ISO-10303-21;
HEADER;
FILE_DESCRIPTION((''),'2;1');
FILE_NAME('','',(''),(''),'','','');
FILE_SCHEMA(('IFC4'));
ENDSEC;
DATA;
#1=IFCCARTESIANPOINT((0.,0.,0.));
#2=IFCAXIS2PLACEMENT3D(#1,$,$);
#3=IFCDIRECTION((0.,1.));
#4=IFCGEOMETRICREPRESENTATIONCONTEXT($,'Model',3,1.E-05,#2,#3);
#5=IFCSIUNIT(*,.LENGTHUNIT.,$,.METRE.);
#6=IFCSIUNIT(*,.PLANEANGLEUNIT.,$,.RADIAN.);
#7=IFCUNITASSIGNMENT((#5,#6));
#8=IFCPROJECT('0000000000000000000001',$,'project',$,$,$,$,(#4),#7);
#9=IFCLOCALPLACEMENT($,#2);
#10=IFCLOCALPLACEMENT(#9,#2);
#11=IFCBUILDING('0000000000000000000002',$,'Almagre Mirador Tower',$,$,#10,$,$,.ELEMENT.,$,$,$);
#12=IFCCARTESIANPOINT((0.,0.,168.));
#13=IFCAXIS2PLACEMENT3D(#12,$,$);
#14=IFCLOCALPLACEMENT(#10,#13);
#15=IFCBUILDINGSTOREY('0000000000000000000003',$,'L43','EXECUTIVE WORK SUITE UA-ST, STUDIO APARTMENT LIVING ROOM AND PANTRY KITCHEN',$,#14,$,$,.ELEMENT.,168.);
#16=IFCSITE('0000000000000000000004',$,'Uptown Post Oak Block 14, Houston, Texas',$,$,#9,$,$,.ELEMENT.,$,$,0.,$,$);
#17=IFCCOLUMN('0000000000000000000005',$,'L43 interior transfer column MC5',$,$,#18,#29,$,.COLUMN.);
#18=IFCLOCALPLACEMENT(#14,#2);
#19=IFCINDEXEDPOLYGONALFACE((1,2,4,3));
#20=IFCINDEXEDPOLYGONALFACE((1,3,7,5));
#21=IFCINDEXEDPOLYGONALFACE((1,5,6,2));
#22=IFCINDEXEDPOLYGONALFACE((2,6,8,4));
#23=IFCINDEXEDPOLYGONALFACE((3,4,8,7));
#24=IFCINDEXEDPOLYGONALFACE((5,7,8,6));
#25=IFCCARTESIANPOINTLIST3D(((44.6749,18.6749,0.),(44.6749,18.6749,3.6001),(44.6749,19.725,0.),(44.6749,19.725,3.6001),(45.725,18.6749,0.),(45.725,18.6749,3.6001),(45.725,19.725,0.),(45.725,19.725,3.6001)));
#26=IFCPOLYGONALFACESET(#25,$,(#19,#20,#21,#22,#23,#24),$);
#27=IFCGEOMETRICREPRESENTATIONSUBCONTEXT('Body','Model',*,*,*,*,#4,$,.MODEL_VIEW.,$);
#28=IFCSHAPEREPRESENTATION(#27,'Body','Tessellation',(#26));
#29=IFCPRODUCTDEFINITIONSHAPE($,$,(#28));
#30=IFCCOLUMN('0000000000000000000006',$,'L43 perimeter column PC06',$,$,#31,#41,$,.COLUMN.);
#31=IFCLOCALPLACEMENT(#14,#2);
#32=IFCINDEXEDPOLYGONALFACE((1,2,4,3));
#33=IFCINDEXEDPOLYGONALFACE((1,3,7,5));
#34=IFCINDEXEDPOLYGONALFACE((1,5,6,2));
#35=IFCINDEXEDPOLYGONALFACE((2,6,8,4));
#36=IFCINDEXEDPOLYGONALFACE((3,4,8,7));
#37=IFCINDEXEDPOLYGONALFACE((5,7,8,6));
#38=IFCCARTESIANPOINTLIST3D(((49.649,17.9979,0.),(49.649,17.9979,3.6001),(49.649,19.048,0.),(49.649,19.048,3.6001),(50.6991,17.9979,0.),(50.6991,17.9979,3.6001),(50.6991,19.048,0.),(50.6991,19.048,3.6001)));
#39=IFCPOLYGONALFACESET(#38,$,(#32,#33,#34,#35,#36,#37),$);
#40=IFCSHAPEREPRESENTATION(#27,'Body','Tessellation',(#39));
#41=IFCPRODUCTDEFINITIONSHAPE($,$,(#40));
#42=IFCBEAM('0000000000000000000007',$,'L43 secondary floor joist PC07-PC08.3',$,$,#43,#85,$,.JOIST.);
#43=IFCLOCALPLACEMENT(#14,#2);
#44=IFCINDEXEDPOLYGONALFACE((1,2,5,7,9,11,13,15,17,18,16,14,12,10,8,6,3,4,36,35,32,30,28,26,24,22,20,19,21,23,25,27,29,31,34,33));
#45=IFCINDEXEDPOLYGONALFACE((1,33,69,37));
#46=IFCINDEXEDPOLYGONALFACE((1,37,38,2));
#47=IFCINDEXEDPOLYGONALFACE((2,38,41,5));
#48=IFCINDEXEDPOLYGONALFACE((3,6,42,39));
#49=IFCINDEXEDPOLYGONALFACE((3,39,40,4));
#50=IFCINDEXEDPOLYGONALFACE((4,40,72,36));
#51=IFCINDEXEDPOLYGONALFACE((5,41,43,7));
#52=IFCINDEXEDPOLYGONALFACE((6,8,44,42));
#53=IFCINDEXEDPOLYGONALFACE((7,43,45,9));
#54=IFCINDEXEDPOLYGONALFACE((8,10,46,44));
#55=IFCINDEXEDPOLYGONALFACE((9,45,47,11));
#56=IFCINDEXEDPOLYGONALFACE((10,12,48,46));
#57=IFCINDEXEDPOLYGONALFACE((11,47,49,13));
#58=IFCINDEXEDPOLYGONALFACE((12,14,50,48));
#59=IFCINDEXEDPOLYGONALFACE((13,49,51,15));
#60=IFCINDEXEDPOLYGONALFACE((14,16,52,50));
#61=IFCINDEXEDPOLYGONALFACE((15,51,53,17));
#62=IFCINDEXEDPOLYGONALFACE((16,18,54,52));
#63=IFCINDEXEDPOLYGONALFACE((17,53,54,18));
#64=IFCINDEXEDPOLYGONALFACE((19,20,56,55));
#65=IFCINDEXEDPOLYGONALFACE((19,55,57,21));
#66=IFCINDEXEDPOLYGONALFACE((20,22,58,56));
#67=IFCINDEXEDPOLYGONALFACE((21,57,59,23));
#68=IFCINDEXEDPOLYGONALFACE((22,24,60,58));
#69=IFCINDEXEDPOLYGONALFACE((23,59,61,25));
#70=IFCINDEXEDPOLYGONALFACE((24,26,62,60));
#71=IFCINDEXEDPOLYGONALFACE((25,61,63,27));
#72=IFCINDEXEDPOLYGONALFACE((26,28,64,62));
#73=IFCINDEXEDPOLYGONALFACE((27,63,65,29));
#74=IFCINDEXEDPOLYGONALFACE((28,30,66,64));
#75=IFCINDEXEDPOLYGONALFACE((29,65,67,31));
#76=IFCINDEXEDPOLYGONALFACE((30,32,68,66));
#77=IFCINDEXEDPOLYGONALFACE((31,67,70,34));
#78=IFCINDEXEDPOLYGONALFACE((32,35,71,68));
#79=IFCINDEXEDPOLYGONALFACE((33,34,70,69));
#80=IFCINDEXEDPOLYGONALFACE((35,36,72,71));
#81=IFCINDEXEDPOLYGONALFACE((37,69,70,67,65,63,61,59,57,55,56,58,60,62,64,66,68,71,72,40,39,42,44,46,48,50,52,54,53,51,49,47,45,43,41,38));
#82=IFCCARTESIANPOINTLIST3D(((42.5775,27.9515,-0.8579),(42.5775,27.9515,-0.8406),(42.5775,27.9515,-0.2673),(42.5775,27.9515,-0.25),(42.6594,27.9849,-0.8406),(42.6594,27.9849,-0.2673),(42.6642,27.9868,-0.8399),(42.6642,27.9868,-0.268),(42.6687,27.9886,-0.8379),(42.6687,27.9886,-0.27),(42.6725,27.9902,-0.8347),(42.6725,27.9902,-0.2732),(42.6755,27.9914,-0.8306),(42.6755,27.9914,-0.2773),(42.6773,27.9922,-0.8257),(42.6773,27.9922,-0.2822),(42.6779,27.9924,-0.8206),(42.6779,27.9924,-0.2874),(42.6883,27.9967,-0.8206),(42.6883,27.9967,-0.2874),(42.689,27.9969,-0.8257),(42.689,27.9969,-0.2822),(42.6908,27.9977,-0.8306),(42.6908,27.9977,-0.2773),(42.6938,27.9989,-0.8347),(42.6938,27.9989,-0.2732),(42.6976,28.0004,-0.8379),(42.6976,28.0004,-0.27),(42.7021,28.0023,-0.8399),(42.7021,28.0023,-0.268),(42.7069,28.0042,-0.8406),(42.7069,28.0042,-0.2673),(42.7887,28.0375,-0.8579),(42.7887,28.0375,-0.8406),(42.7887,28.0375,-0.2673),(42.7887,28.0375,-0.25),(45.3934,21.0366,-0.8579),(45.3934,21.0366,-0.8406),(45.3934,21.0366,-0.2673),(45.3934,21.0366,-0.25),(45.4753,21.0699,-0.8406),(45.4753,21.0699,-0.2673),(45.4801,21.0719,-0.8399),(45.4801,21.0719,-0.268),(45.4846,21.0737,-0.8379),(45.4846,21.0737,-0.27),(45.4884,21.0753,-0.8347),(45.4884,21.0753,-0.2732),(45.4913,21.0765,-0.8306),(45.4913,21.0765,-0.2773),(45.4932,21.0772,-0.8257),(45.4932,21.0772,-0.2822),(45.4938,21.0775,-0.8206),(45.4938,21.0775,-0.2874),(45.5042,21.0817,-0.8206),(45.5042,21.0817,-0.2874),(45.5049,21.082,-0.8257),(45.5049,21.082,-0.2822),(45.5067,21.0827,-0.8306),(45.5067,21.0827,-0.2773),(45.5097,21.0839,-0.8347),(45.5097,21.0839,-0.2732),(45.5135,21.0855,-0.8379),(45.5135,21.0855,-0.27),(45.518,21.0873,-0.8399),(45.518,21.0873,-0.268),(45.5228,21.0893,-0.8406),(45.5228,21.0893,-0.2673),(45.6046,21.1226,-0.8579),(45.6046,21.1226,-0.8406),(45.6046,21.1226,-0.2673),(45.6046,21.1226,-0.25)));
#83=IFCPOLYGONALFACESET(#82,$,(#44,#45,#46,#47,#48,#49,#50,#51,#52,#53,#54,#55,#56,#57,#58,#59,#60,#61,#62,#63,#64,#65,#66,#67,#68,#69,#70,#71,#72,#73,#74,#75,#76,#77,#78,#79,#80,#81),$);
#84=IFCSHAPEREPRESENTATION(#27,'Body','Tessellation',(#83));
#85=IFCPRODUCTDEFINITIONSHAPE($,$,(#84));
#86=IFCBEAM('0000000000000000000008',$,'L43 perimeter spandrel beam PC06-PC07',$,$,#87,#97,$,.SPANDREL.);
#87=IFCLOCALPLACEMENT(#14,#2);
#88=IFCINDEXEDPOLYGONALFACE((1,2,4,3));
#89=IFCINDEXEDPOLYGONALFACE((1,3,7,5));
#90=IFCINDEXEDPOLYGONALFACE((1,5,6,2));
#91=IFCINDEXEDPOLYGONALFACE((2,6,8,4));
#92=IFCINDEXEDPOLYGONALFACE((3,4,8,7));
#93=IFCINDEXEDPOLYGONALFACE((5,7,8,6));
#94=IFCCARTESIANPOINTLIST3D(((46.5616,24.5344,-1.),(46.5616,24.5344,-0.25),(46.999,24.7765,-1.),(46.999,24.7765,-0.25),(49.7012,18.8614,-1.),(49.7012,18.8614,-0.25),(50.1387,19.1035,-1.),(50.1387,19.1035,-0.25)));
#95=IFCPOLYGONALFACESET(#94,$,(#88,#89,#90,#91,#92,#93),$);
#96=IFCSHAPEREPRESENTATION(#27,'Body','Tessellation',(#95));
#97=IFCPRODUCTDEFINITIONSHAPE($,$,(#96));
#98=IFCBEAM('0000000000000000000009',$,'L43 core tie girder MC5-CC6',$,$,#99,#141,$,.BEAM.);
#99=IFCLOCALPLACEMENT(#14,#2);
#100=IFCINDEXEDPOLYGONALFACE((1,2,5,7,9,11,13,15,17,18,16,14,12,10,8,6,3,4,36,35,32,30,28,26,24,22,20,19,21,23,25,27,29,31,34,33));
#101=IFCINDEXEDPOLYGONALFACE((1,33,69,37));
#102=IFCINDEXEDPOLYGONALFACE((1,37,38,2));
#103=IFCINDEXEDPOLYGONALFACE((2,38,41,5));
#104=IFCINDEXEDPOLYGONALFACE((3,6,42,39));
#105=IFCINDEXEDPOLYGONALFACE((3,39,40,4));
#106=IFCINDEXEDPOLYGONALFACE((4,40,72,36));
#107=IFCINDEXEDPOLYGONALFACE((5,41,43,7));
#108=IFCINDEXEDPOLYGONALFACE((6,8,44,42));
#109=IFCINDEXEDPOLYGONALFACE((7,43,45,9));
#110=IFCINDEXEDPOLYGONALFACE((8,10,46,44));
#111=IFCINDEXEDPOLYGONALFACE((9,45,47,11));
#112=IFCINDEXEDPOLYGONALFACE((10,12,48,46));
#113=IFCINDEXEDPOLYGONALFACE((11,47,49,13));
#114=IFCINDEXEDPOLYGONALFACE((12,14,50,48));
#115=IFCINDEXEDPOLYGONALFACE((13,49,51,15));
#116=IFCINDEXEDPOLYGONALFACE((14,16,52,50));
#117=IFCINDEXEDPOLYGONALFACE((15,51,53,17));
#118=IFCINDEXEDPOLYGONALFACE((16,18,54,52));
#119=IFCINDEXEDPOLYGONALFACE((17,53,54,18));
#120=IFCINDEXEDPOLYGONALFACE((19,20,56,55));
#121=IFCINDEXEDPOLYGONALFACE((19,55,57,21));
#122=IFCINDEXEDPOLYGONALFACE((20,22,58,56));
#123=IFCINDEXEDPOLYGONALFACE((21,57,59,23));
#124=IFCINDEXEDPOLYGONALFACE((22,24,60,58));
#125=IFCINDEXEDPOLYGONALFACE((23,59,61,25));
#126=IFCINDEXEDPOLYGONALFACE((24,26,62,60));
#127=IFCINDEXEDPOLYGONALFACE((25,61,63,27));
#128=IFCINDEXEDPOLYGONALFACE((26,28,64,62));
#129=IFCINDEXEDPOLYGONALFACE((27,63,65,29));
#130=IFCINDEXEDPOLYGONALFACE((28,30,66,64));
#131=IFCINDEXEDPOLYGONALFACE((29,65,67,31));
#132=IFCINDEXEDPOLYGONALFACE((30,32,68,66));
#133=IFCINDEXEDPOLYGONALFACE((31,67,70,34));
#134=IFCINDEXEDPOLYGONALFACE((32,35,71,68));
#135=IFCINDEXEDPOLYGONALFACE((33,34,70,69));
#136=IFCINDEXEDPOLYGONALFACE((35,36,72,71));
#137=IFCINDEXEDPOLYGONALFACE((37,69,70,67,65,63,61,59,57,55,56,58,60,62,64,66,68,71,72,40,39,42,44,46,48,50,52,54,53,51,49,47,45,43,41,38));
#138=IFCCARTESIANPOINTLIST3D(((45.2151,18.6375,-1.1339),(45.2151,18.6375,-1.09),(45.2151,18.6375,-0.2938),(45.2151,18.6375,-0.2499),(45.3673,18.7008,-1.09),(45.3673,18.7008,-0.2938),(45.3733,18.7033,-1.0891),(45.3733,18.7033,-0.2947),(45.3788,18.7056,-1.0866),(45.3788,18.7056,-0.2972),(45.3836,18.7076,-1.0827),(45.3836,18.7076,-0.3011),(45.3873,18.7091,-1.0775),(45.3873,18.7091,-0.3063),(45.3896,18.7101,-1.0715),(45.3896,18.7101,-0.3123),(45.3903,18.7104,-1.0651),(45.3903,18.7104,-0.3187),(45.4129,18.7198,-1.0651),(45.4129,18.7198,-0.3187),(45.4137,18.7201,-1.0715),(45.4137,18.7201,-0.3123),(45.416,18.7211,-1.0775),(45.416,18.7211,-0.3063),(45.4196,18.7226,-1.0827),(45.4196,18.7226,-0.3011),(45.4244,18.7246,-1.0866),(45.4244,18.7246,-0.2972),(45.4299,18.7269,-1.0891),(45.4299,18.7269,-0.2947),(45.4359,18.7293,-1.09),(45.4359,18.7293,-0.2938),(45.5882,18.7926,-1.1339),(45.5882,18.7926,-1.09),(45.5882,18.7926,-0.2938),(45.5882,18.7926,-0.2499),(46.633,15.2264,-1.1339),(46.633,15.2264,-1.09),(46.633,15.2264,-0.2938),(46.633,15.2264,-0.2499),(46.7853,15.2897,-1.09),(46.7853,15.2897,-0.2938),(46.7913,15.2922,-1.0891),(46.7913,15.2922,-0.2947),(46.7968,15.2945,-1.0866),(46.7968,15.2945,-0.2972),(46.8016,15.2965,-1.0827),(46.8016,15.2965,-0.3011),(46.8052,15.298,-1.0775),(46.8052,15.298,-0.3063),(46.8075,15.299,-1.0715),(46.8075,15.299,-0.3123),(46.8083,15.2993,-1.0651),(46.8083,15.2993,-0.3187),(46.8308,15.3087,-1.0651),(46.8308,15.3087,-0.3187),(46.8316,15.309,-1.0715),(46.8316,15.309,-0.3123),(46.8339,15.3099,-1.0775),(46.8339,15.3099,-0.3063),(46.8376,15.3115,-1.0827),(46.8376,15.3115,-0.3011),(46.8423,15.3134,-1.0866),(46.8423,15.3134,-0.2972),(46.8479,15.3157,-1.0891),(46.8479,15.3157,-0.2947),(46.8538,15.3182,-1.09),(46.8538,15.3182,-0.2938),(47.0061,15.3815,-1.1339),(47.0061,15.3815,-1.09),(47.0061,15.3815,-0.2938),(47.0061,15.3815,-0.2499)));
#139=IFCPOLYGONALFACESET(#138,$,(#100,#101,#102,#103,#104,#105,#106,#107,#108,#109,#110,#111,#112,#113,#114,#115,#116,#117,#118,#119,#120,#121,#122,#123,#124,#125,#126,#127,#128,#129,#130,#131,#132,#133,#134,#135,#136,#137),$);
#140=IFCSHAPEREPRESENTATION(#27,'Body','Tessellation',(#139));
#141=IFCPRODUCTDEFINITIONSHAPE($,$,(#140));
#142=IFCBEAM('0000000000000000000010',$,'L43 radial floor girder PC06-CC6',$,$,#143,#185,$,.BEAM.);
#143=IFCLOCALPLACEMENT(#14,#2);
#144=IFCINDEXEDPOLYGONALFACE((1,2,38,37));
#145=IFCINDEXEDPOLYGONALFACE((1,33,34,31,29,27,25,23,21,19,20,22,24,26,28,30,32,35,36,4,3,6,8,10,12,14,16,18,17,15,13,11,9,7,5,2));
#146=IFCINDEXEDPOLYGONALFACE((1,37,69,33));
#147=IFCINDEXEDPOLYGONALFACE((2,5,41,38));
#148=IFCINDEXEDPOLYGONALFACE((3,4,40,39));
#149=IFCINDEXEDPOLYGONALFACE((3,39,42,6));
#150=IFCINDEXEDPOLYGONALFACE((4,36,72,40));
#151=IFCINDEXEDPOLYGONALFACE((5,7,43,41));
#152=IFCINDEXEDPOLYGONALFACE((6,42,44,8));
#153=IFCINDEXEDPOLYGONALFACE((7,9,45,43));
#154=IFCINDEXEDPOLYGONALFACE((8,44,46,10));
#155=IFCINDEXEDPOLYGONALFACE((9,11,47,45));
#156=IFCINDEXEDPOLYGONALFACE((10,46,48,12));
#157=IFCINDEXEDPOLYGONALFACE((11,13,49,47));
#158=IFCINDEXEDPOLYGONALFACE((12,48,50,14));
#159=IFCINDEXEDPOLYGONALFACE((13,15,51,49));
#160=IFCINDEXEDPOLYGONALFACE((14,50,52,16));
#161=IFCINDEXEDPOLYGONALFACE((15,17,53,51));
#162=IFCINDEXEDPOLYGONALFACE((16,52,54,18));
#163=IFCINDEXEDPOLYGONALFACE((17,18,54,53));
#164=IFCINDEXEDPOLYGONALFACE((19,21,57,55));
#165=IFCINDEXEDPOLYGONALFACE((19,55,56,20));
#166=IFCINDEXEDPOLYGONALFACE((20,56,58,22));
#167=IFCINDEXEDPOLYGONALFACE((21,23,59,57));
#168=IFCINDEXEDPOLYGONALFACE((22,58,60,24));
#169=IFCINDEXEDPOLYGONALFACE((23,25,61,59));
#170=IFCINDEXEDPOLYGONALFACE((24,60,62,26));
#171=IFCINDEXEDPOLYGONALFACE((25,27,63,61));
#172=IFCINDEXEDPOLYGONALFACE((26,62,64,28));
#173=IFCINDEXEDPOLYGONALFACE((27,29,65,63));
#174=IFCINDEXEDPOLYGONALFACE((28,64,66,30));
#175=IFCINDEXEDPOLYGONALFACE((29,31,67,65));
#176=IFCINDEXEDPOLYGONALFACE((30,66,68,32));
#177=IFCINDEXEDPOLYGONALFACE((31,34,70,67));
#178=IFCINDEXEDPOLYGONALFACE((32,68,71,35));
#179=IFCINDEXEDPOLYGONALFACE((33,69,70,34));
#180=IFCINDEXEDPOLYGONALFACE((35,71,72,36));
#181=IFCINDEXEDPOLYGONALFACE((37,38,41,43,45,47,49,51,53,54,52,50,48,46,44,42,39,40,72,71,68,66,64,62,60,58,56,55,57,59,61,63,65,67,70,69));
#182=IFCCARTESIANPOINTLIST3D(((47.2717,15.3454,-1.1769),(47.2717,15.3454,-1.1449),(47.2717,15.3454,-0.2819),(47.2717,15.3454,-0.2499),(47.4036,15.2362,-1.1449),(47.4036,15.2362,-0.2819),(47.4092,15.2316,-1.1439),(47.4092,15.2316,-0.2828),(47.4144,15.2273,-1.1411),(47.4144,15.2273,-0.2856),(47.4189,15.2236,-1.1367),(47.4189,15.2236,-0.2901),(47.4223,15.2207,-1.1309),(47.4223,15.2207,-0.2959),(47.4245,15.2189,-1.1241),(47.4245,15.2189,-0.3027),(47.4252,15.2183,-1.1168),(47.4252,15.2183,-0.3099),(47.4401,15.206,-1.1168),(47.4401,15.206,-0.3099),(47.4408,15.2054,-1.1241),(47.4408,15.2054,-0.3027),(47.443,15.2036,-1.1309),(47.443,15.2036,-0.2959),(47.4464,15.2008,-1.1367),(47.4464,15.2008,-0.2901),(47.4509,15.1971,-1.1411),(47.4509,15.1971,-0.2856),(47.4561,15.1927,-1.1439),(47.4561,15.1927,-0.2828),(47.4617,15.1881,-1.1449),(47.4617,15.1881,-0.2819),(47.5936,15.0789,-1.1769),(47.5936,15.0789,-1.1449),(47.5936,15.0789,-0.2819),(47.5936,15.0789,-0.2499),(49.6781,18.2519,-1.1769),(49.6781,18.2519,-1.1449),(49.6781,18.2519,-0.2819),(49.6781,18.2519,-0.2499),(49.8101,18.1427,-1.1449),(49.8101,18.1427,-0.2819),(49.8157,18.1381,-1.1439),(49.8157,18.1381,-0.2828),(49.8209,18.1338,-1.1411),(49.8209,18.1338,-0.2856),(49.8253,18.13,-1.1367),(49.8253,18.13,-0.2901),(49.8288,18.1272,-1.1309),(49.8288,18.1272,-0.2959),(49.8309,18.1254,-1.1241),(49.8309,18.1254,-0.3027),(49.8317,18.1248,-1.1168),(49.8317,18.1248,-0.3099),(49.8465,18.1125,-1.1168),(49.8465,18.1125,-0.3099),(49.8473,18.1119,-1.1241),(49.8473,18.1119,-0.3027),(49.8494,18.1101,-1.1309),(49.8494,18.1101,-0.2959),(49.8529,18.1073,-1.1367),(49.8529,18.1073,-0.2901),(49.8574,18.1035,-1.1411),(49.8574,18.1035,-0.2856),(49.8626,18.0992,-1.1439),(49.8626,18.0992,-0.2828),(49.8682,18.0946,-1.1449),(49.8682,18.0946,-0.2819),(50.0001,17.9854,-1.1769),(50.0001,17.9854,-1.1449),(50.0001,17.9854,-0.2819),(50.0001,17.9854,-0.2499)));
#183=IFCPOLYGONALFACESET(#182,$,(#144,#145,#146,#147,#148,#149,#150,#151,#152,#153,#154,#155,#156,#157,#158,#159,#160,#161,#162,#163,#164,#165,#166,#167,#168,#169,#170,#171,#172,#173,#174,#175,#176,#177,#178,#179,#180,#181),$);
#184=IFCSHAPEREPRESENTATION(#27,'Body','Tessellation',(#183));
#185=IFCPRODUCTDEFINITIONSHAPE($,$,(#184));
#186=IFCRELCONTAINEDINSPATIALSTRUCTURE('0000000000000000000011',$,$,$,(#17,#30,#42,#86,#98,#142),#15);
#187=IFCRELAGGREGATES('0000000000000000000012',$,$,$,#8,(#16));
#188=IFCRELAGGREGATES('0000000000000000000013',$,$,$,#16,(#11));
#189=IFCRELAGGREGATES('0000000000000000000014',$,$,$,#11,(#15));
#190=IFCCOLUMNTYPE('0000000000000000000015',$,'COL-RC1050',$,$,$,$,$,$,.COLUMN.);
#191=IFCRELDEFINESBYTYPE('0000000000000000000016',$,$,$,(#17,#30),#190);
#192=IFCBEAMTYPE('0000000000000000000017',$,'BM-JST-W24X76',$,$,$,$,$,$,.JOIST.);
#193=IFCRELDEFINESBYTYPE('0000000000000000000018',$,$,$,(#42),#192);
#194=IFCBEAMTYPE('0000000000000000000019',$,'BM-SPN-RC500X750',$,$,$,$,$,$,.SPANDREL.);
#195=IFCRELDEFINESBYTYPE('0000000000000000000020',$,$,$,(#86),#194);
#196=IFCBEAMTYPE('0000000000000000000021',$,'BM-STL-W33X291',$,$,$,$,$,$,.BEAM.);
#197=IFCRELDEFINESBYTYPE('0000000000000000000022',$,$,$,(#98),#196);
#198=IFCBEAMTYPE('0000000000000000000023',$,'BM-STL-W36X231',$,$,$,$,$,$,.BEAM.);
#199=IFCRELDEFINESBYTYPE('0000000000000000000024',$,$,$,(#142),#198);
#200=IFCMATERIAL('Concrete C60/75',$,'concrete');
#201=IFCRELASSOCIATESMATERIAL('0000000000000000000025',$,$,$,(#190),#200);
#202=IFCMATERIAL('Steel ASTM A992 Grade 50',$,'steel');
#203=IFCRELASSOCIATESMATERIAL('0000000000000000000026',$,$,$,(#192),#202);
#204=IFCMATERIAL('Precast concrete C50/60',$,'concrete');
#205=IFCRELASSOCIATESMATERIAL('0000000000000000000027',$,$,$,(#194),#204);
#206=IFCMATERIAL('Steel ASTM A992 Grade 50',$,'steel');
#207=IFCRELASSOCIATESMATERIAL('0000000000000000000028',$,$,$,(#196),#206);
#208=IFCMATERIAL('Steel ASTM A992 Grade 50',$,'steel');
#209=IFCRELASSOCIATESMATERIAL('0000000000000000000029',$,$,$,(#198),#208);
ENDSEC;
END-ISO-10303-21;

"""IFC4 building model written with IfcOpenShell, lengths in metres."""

from ifc_helpers import new_model, si_unit, direction, frame, origin, origin_2d, place, context, subcontext, project, spatial, rectangle, i_section, extrude, material, material_profile, profile_set, type_object, element, save


model = new_model("IFC4")

# Units and contexts
model_context = context("Model", 3, precision=1e-05, world=origin(), true_north=direction((0.0, 1.0)))
body_context = subcontext(model_context, "Body", "Model", "MODEL_VIEW")
ifc_project = project(units=[si_unit("LENGTHUNIT", "METRE"), si_unit("PLANEANGLEUNIT", "RADIAN")], contexts=[model_context])

# Site, building, storey
site_placement = place(None, origin())
site = spatial("IfcSite", under=ifc_project, at=site_placement, Name="Uptown Post Oak Block 14, Houston, Texas", CompositionType="ELEMENT", RefElevation=0.0)
building_placement = place(site_placement, origin())
building = spatial("IfcBuilding", under=site, at=building_placement, Name="Almagre Mirador Tower", CompositionType="ELEMENT")
storey_placement = place(building_placement, frame((0.0, 0.0, 168.0)))
storey = spatial("IfcBuildingStorey", under=building, at=storey_placement, Name="L43", Description="EXECUTIVE WORK SUITE UA-ST, STUDIO APARTMENT LIVING ROOM AND PANTRY KITCHEN", CompositionType="ELEMENT", Elevation=168.0)

# Columns
ifc_material_1 = material(Name="Concrete C60/75", Category="concrete")
ifc_material_profile_1 = material_profile(ifc_material_1, rectangle(XDim=1.05, YDim=1.05, at=origin_2d()), Name="RC1050X1050")
ifc_profile_set_1 = profile_set([ifc_material_profile_1], Name="Concrete C60/75")
column_type = type_object("IfcColumnType", Name="COL-RC1050", PredefinedType="COLUMN", material=ifc_profile_set_1)
for number, where, z_axis, x_axis, name in (
    (1, (45.2, 19.2, 0.0), (0.0, 0.0, 1.0), (1.0, 0.0, 0.0), "L43 interior transfer column MC5"),
    (2, (50.1741, 18.5229, 0.0), (0.0, 0.0, 1.0), (1.0, 0.0, 0.0), "L43 perimeter column PC06"),
):
    element("IfcColumn", number, at=place(storey_placement, frame(where, z_axis=z_axis, x_axis=x_axis)), inside=storey, type_object=column_type, Name=name, PredefinedType="COLUMN", context=body_context, shape_type="SweptSolid", body=[
        extrude(rectangle(XDim=1.05, YDim=1.05, at=origin_2d()), origin(), (0.0, 0.0, 1.0), 3.6001),
    ])

# Beams
ifc_material_2 = material(Name="Steel ASTM A992 Grade 50", Category="steel")
ifc_material_profile_2 = material_profile(ifc_material_2, i_section(OverallWidth=0.228, OverallDepth=0.6079, WebThickness=0.0112, FlangeThickness=0.0173, FilletRadius=0.02, at=origin_2d()), Name="W24X76")
ifc_profile_set_2 = profile_set([ifc_material_profile_2], Name="Steel ASTM A992 Grade 50")
beam_type_1 = type_object("IfcBeamType", Name="BM-JST-W24X76", PredefinedType="JOIST", material=ifc_profile_set_2)
beam_1_placement = place(storey_placement, frame((45.499, 21.0796, -0.554), z_axis=(-0.377145, 0.926154, 0.0), x_axis=(-0.926154, -0.377145, 0.0)))
element("IfcBeam", 3, at=beam_1_placement, inside=storey, type_object=beam_type_1, Name="L43 secondary floor joist PC07-PC08.3", PredefinedType="JOIST", context=body_context, shape_type="SweptSolid", body=[
    extrude(i_section(OverallWidth=0.228, OverallDepth=0.6079, WebThickness=0.0112, FlangeThickness=0.0173, FilletRadius=0.02, at=origin_2d()), origin(), (0.0, 0.0, 1.0), 7.4663),
])
ifc_material_3 = material(Name="Precast concrete C50/60", Category="concrete")
ifc_material_profile_3 = material_profile(ifc_material_3, rectangle(XDim=0.5, YDim=0.75, at=origin_2d()), Name="RC500X750")
ifc_profile_set_3 = profile_set([ifc_material_profile_3], Name="Precast concrete C50/60")
beam_type_2 = type_object("IfcBeamType", Name="BM-SPN-RC500X750", PredefinedType="SPANDREL", material=ifc_profile_set_3)
beam_2_placement = place(storey_placement, frame((49.9199, 18.9824, -0.625), z_axis=(-0.48422, 0.874946, 0.0), x_axis=(-0.874946, -0.48422, 0.0)))
element("IfcBeam", 4, at=beam_2_placement, inside=storey, type_object=beam_type_2, Name="L43 perimeter spandrel beam PC06-PC07", PredefinedType="SPANDREL", context=body_context, shape_type="SweptSolid", body=[
    extrude(rectangle(XDim=0.5, YDim=0.75, at=origin_2d()), origin(), (0.0, 0.0, 1.0), 6.4839),
])
ifc_material_4 = material(Name="Steel ASTM A992 Grade 50", Category="steel")
ifc_material_profile_4 = material_profile(ifc_material_4, i_section(OverallWidth=0.4041, OverallDepth=0.884, WebThickness=0.0244, FlangeThickness=0.0439, FilletRadius=0.0249, at=origin_2d()), Name="W33X291")
ifc_profile_set_4 = profile_set([ifc_material_profile_4], Name="Steel ASTM A992 Grade 50")
beam_type_3 = type_object("IfcBeamType", Name="BM-STL-W33X291", PredefinedType="BEAM", material=ifc_profile_set_4)
beam_3_placement = place(storey_placement, frame((45.4016, 18.7151, -0.6919), z_axis=(0.383846, -0.923397, 0.0), x_axis=(0.923397, 0.383846, 0.0)))
element("IfcBeam", 5, at=beam_3_placement, inside=storey, type_object=beam_type_3, Name="L43 core tie girder MC5-CC6", PredefinedType="BEAM", context=body_context, shape_type="SweptSolid", body=[
    extrude(i_section(OverallWidth=0.4041, OverallDepth=0.884, WebThickness=0.0244, FlangeThickness=0.0439, FilletRadius=0.0249, at=origin_2d()), origin(), (0.0, 0.0, 1.0), 3.6941),
])
ifc_material_5 = material(Name="Steel ASTM A992 Grade 50", Category="steel")
ifc_material_profile_5 = material_profile(ifc_material_5, i_section(OverallWidth=0.418, OverallDepth=0.927, WebThickness=0.0193, FlangeThickness=0.032, FilletRadius=0.0281, at=origin_2d()), Name="W36X231")
ifc_profile_set_5 = profile_set([ifc_material_profile_5], Name="Steel ASTM A992 Grade 50")
beam_type_4 = type_object("IfcBeamType", Name="BM-STL-W36X231", PredefinedType="BEAM", material=ifc_profile_set_5)
beam_4_placement = place(storey_placement, frame((49.8391, 18.1187, -0.7134), z_axis=(-0.637744, -0.770249, 0.0), x_axis=(0.770249, -0.637744, 0.0)))
element("IfcBeam", 6, at=beam_4_placement, inside=storey, type_object=beam_type_4, Name="L43 radial floor girder PC06-CC6", PredefinedType="BEAM", context=body_context, shape_type="SweptSolid", body=[
    extrude(i_section(OverallWidth=0.418, OverallDepth=0.927, WebThickness=0.0193, FlangeThickness=0.032, FilletRadius=0.0281, at=origin_2d()), origin(), (0.0, 0.0, 1.0), 3.7734),
])

save(model, "model.ifc")
